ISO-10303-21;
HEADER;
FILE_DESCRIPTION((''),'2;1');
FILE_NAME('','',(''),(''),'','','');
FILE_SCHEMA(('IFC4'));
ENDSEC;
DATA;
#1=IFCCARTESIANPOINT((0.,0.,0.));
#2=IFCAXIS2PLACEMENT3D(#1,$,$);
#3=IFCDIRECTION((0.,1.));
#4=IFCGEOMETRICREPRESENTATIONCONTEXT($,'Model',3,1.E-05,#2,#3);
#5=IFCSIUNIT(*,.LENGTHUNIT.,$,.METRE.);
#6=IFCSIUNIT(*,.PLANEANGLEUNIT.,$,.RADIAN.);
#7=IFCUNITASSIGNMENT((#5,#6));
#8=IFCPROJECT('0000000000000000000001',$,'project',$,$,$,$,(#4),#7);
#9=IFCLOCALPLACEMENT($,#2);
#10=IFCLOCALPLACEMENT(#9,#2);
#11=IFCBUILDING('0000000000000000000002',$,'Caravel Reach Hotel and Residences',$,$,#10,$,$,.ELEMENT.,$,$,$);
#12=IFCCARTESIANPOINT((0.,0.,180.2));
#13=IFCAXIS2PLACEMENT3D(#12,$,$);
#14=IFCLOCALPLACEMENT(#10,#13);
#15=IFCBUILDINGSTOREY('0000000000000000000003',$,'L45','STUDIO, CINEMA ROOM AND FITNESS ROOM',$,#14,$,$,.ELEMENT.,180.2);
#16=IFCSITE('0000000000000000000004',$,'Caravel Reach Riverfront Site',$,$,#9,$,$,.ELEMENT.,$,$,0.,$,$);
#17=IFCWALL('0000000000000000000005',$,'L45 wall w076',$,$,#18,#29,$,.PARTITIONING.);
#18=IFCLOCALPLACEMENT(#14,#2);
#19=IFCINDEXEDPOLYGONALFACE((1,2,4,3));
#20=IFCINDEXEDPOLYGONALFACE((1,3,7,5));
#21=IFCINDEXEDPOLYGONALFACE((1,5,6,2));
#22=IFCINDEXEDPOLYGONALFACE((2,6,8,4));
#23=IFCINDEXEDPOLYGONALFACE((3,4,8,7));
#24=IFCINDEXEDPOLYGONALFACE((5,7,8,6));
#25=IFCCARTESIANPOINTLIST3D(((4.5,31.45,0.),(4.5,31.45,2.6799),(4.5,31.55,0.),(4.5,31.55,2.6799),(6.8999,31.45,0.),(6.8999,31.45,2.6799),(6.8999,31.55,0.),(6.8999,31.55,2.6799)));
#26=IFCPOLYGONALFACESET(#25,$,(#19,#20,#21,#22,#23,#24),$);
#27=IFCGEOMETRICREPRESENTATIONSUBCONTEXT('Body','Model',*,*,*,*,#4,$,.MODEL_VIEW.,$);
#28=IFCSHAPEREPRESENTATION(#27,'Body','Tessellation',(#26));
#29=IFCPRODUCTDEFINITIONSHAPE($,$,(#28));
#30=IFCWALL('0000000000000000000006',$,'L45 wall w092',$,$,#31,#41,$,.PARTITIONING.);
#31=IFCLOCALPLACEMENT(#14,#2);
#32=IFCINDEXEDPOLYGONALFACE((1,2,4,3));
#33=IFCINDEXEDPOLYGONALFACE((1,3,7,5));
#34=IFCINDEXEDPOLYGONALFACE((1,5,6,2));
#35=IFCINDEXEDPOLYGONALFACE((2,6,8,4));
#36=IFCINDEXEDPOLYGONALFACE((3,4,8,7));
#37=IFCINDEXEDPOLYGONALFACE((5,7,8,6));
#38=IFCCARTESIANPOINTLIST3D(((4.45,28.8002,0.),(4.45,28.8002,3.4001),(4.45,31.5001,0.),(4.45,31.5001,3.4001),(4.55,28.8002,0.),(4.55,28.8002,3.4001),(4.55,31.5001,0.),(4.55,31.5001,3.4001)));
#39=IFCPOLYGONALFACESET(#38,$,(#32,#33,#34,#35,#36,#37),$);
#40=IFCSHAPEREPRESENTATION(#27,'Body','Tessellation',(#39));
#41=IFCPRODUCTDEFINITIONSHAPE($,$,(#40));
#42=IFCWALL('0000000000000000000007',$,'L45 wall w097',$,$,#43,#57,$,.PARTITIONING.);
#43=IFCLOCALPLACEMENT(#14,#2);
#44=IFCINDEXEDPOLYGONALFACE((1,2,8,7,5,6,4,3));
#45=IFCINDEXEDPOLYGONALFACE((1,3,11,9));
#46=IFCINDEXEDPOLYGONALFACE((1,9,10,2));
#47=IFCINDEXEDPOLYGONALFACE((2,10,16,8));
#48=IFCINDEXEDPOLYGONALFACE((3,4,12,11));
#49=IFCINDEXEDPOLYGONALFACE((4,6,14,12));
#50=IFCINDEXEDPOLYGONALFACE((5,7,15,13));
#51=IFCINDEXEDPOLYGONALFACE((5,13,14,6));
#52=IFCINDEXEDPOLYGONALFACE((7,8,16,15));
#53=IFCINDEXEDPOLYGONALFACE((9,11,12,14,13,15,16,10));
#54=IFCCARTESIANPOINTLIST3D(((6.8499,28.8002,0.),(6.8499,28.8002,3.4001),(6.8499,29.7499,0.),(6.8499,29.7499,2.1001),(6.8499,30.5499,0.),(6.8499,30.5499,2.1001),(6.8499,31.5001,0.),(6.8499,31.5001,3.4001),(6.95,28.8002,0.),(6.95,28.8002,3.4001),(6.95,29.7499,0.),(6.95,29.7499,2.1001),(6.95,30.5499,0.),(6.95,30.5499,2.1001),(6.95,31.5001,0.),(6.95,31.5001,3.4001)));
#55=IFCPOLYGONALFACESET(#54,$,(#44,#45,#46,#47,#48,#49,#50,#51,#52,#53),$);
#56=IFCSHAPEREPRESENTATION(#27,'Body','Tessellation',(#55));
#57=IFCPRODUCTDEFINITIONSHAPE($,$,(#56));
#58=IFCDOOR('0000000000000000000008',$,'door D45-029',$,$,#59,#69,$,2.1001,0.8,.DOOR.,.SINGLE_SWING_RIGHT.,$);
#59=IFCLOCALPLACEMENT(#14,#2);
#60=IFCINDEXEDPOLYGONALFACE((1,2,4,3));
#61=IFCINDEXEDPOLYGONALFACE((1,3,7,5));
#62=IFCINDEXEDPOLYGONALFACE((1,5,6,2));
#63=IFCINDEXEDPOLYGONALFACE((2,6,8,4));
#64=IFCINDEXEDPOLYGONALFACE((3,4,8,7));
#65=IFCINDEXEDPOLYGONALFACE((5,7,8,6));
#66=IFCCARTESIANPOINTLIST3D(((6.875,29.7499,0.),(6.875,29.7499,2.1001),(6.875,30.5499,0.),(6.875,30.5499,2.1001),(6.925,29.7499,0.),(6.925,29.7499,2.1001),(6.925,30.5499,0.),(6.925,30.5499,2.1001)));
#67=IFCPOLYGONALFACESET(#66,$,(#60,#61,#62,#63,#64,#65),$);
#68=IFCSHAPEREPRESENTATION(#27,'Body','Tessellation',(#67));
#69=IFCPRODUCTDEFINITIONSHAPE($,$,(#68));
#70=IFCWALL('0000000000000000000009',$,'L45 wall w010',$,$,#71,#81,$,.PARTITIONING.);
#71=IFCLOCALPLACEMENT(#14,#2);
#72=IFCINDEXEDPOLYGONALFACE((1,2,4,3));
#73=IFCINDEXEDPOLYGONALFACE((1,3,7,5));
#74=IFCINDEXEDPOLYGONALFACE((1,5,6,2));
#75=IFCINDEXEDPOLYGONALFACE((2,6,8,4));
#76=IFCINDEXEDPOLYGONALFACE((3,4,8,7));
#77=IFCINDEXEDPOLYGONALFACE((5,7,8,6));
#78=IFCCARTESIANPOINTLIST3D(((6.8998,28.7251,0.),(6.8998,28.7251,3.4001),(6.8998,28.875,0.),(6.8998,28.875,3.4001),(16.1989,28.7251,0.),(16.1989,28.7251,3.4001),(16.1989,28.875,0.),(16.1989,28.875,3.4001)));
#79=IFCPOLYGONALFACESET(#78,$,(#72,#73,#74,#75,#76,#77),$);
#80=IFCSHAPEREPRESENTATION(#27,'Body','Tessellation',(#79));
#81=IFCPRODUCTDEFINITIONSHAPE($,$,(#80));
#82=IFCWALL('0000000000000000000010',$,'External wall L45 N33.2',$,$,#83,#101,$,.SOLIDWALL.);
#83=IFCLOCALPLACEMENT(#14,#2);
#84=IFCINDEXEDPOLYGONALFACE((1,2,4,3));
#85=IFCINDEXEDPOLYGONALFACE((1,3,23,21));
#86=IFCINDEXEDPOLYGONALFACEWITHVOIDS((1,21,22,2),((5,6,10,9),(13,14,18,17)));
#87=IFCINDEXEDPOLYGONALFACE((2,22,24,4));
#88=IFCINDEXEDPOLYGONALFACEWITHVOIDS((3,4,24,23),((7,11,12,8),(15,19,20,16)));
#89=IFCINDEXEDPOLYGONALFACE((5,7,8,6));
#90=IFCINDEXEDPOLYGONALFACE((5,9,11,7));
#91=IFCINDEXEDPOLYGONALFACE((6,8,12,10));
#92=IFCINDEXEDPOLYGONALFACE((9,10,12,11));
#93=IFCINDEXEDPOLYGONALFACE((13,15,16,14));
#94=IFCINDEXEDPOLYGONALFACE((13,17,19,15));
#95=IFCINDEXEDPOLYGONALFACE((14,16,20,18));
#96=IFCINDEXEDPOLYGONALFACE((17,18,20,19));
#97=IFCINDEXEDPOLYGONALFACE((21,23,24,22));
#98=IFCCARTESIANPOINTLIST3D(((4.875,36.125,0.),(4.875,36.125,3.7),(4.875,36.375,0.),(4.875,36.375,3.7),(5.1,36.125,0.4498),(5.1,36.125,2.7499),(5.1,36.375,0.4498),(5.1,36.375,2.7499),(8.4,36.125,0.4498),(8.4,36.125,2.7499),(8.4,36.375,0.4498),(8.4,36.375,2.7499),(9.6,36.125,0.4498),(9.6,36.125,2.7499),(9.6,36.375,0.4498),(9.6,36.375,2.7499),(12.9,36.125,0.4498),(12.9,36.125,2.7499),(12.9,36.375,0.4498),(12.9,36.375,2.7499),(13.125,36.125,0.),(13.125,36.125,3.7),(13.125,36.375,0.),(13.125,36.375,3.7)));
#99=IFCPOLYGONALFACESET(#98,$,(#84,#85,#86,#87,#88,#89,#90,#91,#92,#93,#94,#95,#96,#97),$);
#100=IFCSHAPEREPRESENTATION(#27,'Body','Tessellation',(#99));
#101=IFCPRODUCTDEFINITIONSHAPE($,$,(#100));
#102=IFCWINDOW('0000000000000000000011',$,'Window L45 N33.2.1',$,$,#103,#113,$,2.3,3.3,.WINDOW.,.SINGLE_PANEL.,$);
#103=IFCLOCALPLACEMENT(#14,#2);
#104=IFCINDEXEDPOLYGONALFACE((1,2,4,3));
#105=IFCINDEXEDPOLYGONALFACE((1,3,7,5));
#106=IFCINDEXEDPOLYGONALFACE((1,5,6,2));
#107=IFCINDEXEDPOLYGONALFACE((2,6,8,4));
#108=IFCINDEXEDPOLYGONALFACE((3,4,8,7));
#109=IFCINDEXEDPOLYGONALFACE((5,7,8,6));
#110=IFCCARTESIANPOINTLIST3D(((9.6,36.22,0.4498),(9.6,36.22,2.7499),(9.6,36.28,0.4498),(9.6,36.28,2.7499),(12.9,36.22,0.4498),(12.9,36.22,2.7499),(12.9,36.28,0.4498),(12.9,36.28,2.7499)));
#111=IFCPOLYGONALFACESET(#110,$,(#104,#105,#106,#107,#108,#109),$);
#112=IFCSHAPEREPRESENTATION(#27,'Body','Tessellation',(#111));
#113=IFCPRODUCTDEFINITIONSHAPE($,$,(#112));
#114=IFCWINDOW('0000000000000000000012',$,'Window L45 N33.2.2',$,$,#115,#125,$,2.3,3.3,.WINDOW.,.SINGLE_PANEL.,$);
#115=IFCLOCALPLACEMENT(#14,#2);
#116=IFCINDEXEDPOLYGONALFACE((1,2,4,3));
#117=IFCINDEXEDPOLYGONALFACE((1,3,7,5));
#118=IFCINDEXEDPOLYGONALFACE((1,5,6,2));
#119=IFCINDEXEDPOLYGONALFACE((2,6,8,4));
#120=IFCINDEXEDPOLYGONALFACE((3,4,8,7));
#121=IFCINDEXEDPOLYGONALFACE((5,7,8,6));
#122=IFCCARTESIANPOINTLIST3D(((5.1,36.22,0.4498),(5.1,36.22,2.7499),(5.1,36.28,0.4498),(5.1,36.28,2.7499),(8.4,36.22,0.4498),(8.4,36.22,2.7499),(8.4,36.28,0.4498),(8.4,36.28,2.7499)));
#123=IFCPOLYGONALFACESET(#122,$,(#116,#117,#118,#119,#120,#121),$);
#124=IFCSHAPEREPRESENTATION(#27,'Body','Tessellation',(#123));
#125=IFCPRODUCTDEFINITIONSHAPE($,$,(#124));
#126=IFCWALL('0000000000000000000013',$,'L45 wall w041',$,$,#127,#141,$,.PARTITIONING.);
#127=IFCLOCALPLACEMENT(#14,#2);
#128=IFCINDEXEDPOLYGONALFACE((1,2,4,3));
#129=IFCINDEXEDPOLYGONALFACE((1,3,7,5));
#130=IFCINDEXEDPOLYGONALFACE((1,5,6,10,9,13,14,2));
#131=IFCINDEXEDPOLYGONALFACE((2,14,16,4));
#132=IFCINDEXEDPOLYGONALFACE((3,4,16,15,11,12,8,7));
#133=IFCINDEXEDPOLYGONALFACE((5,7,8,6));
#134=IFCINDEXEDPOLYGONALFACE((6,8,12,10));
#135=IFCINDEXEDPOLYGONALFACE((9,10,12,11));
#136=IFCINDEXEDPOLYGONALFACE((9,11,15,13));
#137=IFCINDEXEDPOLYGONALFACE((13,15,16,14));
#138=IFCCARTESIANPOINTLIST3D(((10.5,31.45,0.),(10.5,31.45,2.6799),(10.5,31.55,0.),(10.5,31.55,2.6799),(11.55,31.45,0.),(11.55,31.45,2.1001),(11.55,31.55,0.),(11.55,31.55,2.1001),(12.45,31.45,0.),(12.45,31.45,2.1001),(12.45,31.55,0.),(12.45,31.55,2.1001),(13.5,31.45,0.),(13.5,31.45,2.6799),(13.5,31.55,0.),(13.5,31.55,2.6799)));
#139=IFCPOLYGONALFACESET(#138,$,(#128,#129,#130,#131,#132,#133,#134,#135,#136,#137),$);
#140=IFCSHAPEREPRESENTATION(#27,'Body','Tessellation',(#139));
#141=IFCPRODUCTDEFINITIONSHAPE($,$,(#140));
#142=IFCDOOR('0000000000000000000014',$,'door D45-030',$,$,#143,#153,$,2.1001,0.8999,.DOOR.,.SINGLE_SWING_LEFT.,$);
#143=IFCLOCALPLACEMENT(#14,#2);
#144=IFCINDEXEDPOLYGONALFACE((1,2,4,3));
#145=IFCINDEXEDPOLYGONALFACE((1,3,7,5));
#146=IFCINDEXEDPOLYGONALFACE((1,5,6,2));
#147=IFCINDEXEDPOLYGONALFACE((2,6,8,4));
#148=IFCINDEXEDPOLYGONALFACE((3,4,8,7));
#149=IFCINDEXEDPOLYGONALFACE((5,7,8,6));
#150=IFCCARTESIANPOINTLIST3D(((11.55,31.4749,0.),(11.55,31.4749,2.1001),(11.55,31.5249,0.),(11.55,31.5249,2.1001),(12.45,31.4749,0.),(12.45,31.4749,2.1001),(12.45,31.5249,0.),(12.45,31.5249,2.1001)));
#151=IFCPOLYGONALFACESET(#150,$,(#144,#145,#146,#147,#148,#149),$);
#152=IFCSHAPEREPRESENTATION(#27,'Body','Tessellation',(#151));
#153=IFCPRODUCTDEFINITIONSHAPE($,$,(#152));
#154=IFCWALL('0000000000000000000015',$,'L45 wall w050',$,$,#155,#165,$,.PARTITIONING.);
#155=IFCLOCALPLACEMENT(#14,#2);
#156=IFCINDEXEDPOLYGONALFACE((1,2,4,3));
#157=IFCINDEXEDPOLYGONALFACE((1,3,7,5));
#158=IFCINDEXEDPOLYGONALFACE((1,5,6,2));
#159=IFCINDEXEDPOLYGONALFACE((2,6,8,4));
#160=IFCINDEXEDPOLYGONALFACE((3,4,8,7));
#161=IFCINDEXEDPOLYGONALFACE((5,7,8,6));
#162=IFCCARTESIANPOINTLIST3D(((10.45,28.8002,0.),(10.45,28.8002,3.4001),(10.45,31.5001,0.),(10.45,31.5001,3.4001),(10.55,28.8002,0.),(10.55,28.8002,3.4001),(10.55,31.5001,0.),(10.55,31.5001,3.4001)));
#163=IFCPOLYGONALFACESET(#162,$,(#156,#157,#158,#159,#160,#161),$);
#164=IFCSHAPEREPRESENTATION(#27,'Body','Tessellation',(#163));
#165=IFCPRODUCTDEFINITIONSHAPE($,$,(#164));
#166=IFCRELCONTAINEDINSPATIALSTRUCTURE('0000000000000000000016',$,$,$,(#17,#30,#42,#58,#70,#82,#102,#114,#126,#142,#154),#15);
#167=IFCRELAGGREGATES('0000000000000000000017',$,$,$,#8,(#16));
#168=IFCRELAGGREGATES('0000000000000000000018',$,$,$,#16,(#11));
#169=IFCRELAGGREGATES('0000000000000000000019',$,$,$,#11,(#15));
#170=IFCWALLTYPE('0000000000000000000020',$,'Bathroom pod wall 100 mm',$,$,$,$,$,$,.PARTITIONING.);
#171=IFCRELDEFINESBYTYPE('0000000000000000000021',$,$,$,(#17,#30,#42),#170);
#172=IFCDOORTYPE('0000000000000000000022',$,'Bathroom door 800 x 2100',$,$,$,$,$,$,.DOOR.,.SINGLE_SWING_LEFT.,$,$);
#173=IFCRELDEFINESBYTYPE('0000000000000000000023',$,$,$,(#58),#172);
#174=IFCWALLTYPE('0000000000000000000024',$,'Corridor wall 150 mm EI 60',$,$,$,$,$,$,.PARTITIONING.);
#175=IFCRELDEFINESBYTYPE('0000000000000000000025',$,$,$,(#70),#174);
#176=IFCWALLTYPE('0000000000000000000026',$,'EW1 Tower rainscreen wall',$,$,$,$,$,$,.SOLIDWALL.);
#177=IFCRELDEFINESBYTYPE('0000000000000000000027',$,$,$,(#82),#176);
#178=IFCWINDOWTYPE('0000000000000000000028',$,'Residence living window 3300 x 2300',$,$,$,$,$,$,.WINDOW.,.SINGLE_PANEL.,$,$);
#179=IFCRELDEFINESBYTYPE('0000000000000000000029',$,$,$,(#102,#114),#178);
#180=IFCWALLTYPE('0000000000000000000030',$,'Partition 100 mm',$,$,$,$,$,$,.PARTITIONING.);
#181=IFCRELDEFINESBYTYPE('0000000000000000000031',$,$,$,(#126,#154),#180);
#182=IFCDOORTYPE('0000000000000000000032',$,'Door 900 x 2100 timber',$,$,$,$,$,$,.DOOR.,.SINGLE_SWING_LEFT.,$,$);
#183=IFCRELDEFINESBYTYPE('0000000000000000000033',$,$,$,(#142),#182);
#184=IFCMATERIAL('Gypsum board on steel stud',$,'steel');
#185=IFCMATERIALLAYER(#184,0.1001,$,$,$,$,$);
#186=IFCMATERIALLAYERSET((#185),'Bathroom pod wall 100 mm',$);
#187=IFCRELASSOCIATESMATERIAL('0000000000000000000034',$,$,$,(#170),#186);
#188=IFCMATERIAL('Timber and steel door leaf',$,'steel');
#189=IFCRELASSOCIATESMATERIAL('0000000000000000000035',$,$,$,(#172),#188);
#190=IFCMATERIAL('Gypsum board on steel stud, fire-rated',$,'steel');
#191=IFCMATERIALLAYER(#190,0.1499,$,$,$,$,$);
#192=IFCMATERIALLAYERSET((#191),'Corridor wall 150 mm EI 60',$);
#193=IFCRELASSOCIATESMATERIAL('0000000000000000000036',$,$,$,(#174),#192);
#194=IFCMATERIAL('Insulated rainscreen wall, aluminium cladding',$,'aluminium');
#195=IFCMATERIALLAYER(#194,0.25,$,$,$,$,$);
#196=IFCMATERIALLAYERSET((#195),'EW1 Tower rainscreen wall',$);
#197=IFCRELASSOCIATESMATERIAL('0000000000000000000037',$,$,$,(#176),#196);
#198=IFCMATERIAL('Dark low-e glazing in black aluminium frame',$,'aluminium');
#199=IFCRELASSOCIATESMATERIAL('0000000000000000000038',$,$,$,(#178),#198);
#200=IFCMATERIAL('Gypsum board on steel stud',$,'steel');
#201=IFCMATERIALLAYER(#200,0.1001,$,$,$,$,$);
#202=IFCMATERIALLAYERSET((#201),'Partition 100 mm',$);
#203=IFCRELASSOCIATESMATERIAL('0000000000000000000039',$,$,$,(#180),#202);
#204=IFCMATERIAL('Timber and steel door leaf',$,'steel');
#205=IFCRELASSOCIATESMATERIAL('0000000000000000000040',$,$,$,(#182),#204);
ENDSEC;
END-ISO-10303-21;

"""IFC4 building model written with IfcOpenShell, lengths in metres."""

from ifc_helpers import new_model, si_unit, direction, frame, frame_2d, origin, place, context, subcontext, project, spatial, rectangle, extrude, material, layer, layer_set, type_object, element, fill, save


model = new_model("IFC4")

# Units and contexts
model_context = context("Model", 3, precision=1e-05, world=origin(), true_north=direction((0.0, 1.0)))
body_context = subcontext(model_context, "Body", "Model", "MODEL_VIEW")
ifc_project = project(units=[si_unit("LENGTHUNIT", "METRE"), si_unit("PLANEANGLEUNIT", "RADIAN")], contexts=[model_context])

# Site, building, storey
site_placement = place(None, origin())
site = spatial("IfcSite", under=ifc_project, at=site_placement, Name="Caravel Reach Riverfront Site", CompositionType="ELEMENT", RefElevation=0.0)
building_placement = place(site_placement, origin())
building = spatial("IfcBuilding", under=site, at=building_placement, Name="Caravel Reach Hotel and Residences", CompositionType="ELEMENT")
storey_placement = place(building_placement, frame((0.0, 0.0, 180.2)))
storey = spatial("IfcBuildingStorey", under=building, at=storey_placement, Name="L45", Description="STUDIO, CINEMA ROOM AND FITNESS ROOM", CompositionType="ELEMENT", Elevation=180.2)

# Walls
ifc_material_1 = material(Name="Gypsum board on steel stud", Category="steel")
ifc_layer_1 = layer(ifc_material_1, 0.1001)
ifc_layer_set_1 = layer_set([ifc_layer_1], Name="Bathroom pod wall 100 mm")
wall_type_1 = type_object("IfcWallType", Name="Bathroom pod wall 100 mm", PredefinedType="PARTITIONING", material=ifc_layer_set_1)
wall_1_placement = place(storey_placement, frame((4.5, 31.5, 0.0), z_axis=(0.0, 0.0, 1.0), x_axis=(1.0, 0.0, 0.0)))
element("IfcWall", 1, at=wall_1_placement, inside=storey, type_object=wall_type_1, Name="L45 wall w076", PredefinedType="PARTITIONING", context=body_context, shape_type="SweptSolid", body=[
    extrude(rectangle(XDim=2.3999, YDim=0.1001, at=frame_2d((1.2, 0.0))), origin(), (0.0, 0.0, 1.0), 2.6799),
])
wall_2_placement = place(storey_placement, frame((4.5, 28.8, 0.0), z_axis=(0.0, 0.0, 1.0), x_axis=(0.0, 1.0, 0.0)))
element("IfcWall", 2, at=wall_2_placement, inside=storey, type_object=wall_type_1, Name="L45 wall w092", PredefinedType="PARTITIONING", context=body_context, shape_type="SweptSolid", body=[
    extrude(rectangle(XDim=2.7, YDim=0.1001, at=frame_2d((1.3501, 0.0))), origin(), (0.0, 0.0, 1.0), 3.4001),
])

# Wall, opening, door
wall_3_placement = place(storey_placement, frame((6.8999, 28.8, 0.0), z_axis=(0.0, 0.0, 1.0), x_axis=(0.0, 1.0, 0.0)))
wall_3 = element("IfcWall", 3, at=wall_3_placement, inside=storey, type_object=wall_type_1, Name="L45 wall w097", PredefinedType="PARTITIONING", context=body_context, shape_type="SweptSolid", body=[
    extrude(rectangle(XDim=2.7, YDim=0.1001, at=frame_2d((1.3501, 0.0))), origin(), (0.0, 0.0, 1.0), 3.4001),
])
opening_1_placement = place(wall_3_placement, frame((0.95, 0.0, 0.0)))
opening_1 = element("IfcOpeningElement", 4, at=opening_1_placement, cuts=wall_3, PredefinedType="OPENING", context=body_context, shape_type="SweptSolid", body=[
    extrude(rectangle(XDim=0.8, YDim=2.1001, at=frame_2d((0.3999, 1.05))), frame((0.0, 0.0601, 0.0), z_axis=(0.0, -1.0, 0.0), x_axis=(1.0, 0.0, 0.0)), (0.0, 0.0, 1.0), 0.1201),
])
ifc_material_2 = material(Name="Timber and steel door leaf", Category="steel")
door_type_1 = type_object("IfcDoorType", Name="Bathroom door 800 x 2100", OperationType="SINGLE_SWING_LEFT", PredefinedType="DOOR", material=ifc_material_2)
door_1_placement = place(opening_1_placement, origin())
door_1 = element("IfcDoor", 5, at=door_1_placement, inside=storey, type_object=door_type_1, Name="door D45-029", OperationType="SINGLE_SWING_RIGHT", OverallHeight=2.1001, OverallWidth=0.8, PredefinedType="DOOR", context=body_context, shape_type="SweptSolid", body=[
    extrude(rectangle(XDim=0.8, YDim=2.1001, at=frame_2d((0.3999, 1.05))), frame((0.0, 0.0249, 0.0), z_axis=(0.0, -1.0, 0.0), x_axis=(1.0, 0.0, 0.0)), (0.0, 0.0, 1.0), 0.05),
])
fill(opening_1, door_1)

# Wall
ifc_material_3 = material(Name="Gypsum board on steel stud, fire-rated", Category="steel")
ifc_layer_2 = layer(ifc_material_3, 0.1499)
ifc_layer_set_2 = layer_set([ifc_layer_2], Name="Corridor wall 150 mm EI 60")
wall_type_2 = type_object("IfcWallType", Name="Corridor wall 150 mm EI 60", PredefinedType="PARTITIONING", material=ifc_layer_set_2)
wall_4_placement = place(storey_placement, frame((6.8999, 28.8, 0.0), z_axis=(0.0, 0.0, 1.0), x_axis=(1.0, 0.0, 0.0)))
element("IfcWall", 6, at=wall_4_placement, inside=storey, type_object=wall_type_2, Name="L45 wall w010", PredefinedType="PARTITIONING", context=body_context, shape_type="SweptSolid", body=[
    extrude(rectangle(XDim=9.2991, YDim=0.1499, at=frame_2d((4.6494, 0.0))), origin(), (0.0, 0.0, 1.0), 3.4001),
])

# Wall, openings, windows
ifc_material_4 = material(Name="Insulated rainscreen wall, aluminium cladding", Category="aluminium")
ifc_layer_3 = layer(ifc_material_4, 0.25)
ifc_layer_set_3 = layer_set([ifc_layer_3], Name="EW1 Tower rainscreen wall")
wall_type_3 = type_object("IfcWallType", Name="EW1 Tower rainscreen wall", PredefinedType="SOLIDWALL", material=ifc_layer_set_3)
wall_5_placement = place(storey_placement, frame((13.125, 36.25, 0.0), z_axis=(0.0, 0.0, 1.0), x_axis=(-1.0, 0.0, 0.0)))
wall_5 = element("IfcWall", 7, at=wall_5_placement, inside=storey, type_object=wall_type_3, Name="External wall L45 N33.2", PredefinedType="SOLIDWALL", context=body_context, shape_type="SweptSolid", body=[
    extrude(rectangle(XDim=8.25, YDim=0.25, at=frame_2d((4.125, 0.0))), origin(), (0.0, 0.0, 1.0), 3.7),
])
opening_2_placement = place(wall_5_placement, frame((0.2251, 0.0, 0.45)))
opening_2 = element("IfcOpeningElement", 8, at=opening_2_placement, cuts=wall_5, PredefinedType="OPENING", context=body_context, shape_type="SweptSolid", body=[
    extrude(rectangle(XDim=3.3, YDim=2.3, at=frame_2d((1.6499, 1.1499))), frame((0.0, 0.135, 0.0), z_axis=(0.0, -1.0, 0.0), x_axis=(1.0, 0.0, 0.0)), (0.0, 0.0, 1.0), 0.27),
])
opening_3_placement = place(wall_5_placement, frame((4.7251, 0.0, 0.45)))
opening_3 = element("IfcOpeningElement", 9, at=opening_3_placement, cuts=wall_5, PredefinedType="OPENING", context=body_context, shape_type="SweptSolid", body=[
    extrude(rectangle(XDim=3.3, YDim=2.3, at=frame_2d((1.6499, 1.1499))), frame((0.0, 0.135, 0.0), z_axis=(0.0, -1.0, 0.0), x_axis=(1.0, 0.0, 0.0)), (0.0, 0.0, 1.0), 0.27),
])
ifc_material_5 = material(Name="Dark low-e glazing in black aluminium frame", Category="aluminium")
window_type = type_object("IfcWindowType", Name="Residence living window 3300 x 2300", PartitioningType="SINGLE_PANEL", PredefinedType="WINDOW", material=ifc_material_5)
window_1_placement = place(opening_2_placement, origin())
window_1 = element("IfcWindow", 10, at=window_1_placement, inside=storey, type_object=window_type, Name="Window L45 N33.2.1", OverallHeight=2.3, OverallWidth=3.3, PartitioningType="SINGLE_PANEL", PredefinedType="WINDOW", context=body_context, shape_type="SweptSolid", body=[
    extrude(rectangle(XDim=3.3, YDim=2.3, at=frame_2d((1.6499, 1.1499))), frame((0.0, 0.03, 0.0), z_axis=(0.0, -1.0, 0.0), x_axis=(1.0, 0.0, 0.0)), (0.0, 0.0, 1.0), 0.0601),
])
fill(opening_2, window_1)
window_2_placement = place(opening_3_placement, origin())
window_2 = element("IfcWindow", 11, at=window_2_placement, inside=storey, type_object=window_type, Name="Window L45 N33.2.2", OverallHeight=2.3, OverallWidth=3.3, PartitioningType="SINGLE_PANEL", PredefinedType="WINDOW", context=body_context, shape_type="SweptSolid", body=[
    extrude(rectangle(XDim=3.3, YDim=2.3, at=frame_2d((1.6499, 1.1499))), frame((0.0, 0.03, 0.0), z_axis=(0.0, -1.0, 0.0), x_axis=(1.0, 0.0, 0.0)), (0.0, 0.0, 1.0), 0.0601),
])
fill(opening_3, window_2)

# Wall, opening, door
ifc_material_6 = material(Name="Gypsum board on steel stud", Category="steel")
ifc_layer_4 = layer(ifc_material_6, 0.1001)
ifc_layer_set_4 = layer_set([ifc_layer_4], Name="Partition 100 mm")
wall_type_4 = type_object("IfcWallType", Name="Partition 100 mm", PredefinedType="PARTITIONING", material=ifc_layer_set_4)
wall_6_placement = place(storey_placement, frame((10.5, 31.5, 0.0), z_axis=(0.0, 0.0, 1.0), x_axis=(1.0, 0.0, 0.0)))
wall_6 = element("IfcWall", 12, at=wall_6_placement, inside=storey, type_object=wall_type_4, Name="L45 wall w041", PredefinedType="PARTITIONING", context=body_context, shape_type="SweptSolid", body=[
    extrude(rectangle(XDim=3.0, YDim=0.1001, at=frame_2d((1.5, 0.0))), origin(), (0.0, 0.0, 1.0), 2.6799),
])
opening_4_placement = place(wall_6_placement, frame((1.05, 0.0, 0.0)))
opening_4 = element("IfcOpeningElement", 13, at=opening_4_placement, cuts=wall_6, PredefinedType="OPENING", context=body_context, shape_type="SweptSolid", body=[
    extrude(rectangle(XDim=0.8999, YDim=2.1001, at=frame_2d((0.45, 1.05))), frame((0.0, 0.0601, 0.0), z_axis=(0.0, -1.0, 0.0), x_axis=(1.0, 0.0, 0.0)), (0.0, 0.0, 1.0), 0.1201),
])
ifc_material_7 = material(Name="Timber and steel door leaf", Category="steel")
door_type_2 = type_object("IfcDoorType", Name="Door 900 x 2100 timber", OperationType="SINGLE_SWING_LEFT", PredefinedType="DOOR", material=ifc_material_7)
door_2_placement = place(opening_4_placement, origin())
door_2 = element("IfcDoor", 14, at=door_2_placement, inside=storey, type_object=door_type_2, Name="door D45-030", OperationType="SINGLE_SWING_LEFT", OverallHeight=2.1001, OverallWidth=0.8999, PredefinedType="DOOR", context=body_context, shape_type="SweptSolid", body=[
    extrude(rectangle(XDim=0.8999, YDim=2.1001, at=frame_2d((0.45, 1.05))), frame((0.0, 0.0249, 0.0), z_axis=(0.0, -1.0, 0.0), x_axis=(1.0, 0.0, 0.0)), (0.0, 0.0, 1.0), 0.05),
])
fill(opening_4, door_2)

# Wall
wall_7_placement = place(storey_placement, frame((10.5, 28.8, 0.0), z_axis=(0.0, 0.0, 1.0), x_axis=(0.0, 1.0, 0.0)))
element("IfcWall", 15, at=wall_7_placement, inside=storey, type_object=wall_type_4, Name="L45 wall w050", PredefinedType="PARTITIONING", context=body_context, shape_type="SweptSolid", body=[
    extrude(rectangle(XDim=2.7, YDim=0.1001, at=frame_2d((1.3501, 0.0))), origin(), (0.0, 0.0, 1.0), 3.4001),
])

save(model, "model.ifc")
